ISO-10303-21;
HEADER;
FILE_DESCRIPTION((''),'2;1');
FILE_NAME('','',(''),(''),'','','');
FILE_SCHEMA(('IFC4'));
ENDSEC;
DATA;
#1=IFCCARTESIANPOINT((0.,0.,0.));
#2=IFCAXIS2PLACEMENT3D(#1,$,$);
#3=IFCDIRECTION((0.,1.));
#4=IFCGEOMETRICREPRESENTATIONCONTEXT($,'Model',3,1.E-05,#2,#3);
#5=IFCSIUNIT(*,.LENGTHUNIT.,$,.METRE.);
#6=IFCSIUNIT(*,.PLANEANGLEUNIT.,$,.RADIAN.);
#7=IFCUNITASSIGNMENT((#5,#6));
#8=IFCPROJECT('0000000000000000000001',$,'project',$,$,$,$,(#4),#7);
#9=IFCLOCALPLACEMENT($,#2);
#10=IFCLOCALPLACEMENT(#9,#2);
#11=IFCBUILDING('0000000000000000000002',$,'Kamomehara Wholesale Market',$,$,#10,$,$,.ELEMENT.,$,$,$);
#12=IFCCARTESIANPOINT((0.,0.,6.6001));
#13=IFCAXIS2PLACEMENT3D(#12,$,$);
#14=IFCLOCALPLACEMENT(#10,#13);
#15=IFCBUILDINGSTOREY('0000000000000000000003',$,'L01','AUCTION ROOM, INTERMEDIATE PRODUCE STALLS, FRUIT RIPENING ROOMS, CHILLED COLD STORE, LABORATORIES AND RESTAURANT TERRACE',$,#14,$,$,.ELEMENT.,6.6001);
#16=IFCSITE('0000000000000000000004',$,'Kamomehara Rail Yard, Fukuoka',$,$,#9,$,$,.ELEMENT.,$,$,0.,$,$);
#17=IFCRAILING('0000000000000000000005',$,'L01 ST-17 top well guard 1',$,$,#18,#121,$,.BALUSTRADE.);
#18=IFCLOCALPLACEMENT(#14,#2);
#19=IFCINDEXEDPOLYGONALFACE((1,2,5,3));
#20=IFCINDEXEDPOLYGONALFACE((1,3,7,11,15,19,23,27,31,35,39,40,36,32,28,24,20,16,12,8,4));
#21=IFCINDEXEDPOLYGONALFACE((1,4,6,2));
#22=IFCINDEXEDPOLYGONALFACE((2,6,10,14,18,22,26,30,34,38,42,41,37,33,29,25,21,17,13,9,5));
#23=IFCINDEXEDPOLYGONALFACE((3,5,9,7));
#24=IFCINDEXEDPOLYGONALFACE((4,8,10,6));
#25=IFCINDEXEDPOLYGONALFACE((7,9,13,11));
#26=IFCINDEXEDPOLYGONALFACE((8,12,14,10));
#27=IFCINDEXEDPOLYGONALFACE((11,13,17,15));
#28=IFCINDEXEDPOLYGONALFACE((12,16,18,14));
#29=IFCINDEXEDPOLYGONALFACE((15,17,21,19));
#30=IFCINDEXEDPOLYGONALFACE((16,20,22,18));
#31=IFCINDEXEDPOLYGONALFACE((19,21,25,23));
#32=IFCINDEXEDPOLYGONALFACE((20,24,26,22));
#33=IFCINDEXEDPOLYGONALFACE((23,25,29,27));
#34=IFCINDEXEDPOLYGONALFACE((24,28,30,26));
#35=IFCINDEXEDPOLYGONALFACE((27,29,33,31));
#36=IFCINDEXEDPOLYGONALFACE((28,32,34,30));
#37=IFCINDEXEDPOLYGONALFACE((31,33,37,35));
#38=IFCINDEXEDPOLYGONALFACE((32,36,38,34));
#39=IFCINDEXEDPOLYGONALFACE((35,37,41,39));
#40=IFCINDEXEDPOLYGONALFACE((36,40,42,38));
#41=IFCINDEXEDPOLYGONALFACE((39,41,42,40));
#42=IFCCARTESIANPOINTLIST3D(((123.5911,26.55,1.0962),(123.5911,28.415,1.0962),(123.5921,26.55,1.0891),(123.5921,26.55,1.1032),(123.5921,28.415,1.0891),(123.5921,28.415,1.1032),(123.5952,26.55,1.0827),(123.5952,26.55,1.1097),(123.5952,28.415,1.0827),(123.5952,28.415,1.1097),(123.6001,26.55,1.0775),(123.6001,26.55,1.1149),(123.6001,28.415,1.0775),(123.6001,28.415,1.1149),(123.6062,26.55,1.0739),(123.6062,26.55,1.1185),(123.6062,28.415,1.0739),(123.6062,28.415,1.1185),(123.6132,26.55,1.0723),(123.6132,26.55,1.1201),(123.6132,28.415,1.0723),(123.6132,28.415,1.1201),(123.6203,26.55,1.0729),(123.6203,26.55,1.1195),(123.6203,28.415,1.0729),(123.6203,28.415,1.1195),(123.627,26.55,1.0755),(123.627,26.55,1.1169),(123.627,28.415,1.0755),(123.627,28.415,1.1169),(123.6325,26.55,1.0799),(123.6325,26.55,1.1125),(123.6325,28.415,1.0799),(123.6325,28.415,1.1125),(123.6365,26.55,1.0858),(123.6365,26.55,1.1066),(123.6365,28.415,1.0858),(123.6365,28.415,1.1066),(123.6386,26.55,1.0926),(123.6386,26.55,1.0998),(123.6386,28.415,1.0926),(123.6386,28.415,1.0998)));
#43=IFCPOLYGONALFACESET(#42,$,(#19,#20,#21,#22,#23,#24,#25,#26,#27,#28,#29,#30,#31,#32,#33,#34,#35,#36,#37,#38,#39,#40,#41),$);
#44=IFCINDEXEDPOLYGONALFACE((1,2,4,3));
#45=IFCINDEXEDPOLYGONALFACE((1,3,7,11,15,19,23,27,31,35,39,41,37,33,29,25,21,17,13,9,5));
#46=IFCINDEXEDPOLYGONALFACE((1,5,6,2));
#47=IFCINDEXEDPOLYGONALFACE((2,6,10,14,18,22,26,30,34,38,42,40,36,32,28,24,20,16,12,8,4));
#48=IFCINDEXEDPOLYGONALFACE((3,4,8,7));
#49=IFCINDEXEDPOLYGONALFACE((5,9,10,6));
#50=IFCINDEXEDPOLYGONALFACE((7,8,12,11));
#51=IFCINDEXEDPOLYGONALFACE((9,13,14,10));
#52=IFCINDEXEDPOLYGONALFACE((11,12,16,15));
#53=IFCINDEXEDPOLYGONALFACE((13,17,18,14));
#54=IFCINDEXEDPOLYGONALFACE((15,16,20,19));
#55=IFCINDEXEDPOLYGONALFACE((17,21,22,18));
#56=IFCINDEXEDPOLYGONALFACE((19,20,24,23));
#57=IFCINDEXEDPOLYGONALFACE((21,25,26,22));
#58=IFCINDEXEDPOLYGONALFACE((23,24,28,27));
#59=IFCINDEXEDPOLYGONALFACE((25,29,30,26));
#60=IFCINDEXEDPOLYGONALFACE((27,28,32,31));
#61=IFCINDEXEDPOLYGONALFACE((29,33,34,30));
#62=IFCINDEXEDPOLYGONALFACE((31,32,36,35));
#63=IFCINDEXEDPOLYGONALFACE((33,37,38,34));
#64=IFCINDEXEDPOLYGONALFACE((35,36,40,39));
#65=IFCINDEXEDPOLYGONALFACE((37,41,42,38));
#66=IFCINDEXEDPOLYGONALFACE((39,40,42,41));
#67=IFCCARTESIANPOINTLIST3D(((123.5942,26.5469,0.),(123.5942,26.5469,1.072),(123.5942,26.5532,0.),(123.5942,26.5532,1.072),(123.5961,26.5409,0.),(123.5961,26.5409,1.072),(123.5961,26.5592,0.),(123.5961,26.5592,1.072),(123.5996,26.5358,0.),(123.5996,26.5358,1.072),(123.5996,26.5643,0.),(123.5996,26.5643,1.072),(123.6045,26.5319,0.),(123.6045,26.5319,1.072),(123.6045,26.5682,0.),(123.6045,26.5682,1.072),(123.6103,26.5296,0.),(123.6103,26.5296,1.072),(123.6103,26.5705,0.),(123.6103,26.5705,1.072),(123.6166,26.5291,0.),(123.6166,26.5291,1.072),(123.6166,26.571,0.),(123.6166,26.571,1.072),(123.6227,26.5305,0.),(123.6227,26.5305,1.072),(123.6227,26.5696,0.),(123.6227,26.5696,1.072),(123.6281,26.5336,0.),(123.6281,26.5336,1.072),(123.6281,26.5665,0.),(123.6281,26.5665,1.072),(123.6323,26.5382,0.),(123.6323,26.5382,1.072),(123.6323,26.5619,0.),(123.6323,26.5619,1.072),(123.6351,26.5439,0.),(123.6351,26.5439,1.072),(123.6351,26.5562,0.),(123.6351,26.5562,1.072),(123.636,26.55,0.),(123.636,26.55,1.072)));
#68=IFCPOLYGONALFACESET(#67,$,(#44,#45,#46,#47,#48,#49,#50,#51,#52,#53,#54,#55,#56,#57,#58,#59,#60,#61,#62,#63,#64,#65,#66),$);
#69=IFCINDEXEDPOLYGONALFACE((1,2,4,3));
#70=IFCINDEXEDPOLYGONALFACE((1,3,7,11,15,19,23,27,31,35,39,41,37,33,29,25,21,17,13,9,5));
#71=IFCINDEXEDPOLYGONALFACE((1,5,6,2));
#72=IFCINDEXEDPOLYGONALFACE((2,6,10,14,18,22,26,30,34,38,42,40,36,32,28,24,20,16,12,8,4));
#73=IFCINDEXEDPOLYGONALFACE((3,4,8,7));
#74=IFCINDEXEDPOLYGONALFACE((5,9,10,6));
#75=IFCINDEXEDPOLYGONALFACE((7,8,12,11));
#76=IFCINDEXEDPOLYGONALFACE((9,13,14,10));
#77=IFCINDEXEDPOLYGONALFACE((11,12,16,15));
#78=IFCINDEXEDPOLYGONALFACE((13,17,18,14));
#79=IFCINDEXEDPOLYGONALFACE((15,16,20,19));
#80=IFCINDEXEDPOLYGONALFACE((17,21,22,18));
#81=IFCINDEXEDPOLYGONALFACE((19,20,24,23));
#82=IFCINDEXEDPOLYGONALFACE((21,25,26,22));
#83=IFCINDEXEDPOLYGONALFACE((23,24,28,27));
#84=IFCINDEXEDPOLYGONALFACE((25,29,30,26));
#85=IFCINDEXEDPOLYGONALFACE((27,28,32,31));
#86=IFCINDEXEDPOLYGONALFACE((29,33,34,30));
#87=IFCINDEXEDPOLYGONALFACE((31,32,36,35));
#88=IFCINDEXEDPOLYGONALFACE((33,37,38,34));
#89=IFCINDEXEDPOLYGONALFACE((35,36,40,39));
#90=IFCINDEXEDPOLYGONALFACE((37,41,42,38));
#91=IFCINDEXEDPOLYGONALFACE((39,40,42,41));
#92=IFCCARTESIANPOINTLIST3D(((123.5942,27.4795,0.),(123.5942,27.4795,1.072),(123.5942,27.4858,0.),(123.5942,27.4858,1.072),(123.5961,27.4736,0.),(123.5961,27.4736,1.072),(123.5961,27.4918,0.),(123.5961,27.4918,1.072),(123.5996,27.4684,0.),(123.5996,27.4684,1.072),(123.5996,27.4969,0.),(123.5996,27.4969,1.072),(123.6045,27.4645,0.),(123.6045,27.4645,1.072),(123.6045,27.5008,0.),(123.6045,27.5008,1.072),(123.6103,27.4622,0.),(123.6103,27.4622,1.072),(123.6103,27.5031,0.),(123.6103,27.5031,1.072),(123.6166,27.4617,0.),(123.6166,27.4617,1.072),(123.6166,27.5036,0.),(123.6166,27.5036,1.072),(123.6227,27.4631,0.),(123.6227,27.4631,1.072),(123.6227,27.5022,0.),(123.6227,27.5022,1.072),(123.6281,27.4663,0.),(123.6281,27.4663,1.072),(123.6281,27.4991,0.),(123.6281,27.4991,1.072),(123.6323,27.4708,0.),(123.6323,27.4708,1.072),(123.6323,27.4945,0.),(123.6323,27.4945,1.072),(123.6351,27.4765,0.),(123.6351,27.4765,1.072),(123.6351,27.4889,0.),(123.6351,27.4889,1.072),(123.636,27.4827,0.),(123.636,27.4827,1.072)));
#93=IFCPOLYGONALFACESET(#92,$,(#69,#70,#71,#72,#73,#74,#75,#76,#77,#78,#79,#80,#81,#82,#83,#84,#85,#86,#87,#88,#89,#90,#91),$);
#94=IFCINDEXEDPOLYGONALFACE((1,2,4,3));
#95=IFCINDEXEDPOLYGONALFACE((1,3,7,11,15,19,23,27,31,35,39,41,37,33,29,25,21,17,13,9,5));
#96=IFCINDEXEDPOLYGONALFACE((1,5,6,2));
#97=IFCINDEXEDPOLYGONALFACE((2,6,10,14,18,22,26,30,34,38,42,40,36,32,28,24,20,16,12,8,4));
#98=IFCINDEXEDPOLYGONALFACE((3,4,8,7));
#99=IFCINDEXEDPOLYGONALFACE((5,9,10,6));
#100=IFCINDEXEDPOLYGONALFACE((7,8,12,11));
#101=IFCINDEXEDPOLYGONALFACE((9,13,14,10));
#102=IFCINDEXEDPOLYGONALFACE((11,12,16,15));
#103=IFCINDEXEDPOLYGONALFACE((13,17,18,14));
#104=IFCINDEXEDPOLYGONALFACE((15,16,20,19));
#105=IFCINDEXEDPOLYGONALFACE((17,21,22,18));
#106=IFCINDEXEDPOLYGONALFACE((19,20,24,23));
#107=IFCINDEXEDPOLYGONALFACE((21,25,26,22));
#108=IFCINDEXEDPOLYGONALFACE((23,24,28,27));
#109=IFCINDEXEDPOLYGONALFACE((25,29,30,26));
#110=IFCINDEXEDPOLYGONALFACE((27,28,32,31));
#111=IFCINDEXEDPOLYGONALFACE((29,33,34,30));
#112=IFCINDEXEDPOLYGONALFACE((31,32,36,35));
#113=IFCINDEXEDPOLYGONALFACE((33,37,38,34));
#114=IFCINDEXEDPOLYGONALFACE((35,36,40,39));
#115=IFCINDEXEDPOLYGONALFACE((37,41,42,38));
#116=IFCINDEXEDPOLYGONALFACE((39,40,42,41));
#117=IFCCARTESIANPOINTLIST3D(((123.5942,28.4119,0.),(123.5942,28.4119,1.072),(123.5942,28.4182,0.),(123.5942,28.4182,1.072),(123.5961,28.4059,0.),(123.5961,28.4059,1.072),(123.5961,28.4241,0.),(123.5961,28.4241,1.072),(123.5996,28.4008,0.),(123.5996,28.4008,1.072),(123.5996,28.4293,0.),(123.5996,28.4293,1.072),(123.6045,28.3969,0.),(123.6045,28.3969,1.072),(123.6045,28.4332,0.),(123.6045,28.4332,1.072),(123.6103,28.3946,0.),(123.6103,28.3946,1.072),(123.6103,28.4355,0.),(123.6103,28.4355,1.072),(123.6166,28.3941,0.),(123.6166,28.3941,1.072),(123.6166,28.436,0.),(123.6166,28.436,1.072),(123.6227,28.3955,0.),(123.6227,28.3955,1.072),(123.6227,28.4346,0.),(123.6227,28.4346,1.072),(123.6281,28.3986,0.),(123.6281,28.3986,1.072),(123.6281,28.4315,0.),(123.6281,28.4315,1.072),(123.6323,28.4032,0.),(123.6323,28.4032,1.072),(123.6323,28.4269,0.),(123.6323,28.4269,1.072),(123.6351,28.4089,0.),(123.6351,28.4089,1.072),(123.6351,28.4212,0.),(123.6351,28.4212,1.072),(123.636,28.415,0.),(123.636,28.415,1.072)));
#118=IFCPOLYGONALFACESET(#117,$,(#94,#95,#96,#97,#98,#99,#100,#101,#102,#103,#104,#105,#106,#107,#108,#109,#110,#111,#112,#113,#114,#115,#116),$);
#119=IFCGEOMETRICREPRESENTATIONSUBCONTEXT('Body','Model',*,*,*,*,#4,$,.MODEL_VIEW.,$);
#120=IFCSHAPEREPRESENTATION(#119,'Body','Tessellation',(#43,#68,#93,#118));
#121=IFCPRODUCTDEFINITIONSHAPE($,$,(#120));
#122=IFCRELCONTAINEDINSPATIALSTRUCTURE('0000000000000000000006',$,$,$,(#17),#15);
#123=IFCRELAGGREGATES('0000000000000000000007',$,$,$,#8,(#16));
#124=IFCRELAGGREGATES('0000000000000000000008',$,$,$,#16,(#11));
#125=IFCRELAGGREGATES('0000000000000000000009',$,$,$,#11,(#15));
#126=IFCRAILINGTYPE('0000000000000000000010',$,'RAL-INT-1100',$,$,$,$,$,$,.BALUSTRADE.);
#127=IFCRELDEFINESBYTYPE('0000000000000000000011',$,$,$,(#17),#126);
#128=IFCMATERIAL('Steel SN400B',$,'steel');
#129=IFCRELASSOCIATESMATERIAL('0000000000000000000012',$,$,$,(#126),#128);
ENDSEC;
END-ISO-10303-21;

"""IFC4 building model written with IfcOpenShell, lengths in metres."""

from ifc_helpers import new_model, si_unit, direction, frame, origin, origin_2d, place, context, subcontext, project, spatial, circle, extrude, material, type_object, element, save


model = new_model("IFC4")

# Units and contexts
model_context = context("Model", 3, precision=1e-05, world=origin(), true_north=direction((0.0, 1.0)))
body_context = subcontext(model_context, "Body", "Model", "MODEL_VIEW")
ifc_project = project(units=[si_unit("LENGTHUNIT", "METRE"), si_unit("PLANEANGLEUNIT", "RADIAN")], contexts=[model_context])

# Site, building, storey
site_placement = place(None, origin())
site = spatial("IfcSite", under=ifc_project, at=site_placement, Name="Kamomehara Rail Yard, Fukuoka", CompositionType="ELEMENT", RefElevation=0.0)
building_placement = place(site_placement, origin())
building = spatial("IfcBuilding", under=site, at=building_placement, Name="Kamomehara Wholesale Market", CompositionType="ELEMENT")
storey_placement = place(building_placement, frame((0.0, 0.0, 6.6001)))
storey = spatial("IfcBuildingStorey", under=building, at=storey_placement, Name="L01", Description="AUCTION ROOM, INTERMEDIATE PRODUCE STALLS, FRUIT RIPENING ROOMS, CHILLED COLD STORE, LABORATORIES AND RESTAURANT TERRACE", CompositionType="ELEMENT", Elevation=6.6001)

# Railing
ifc_material_1 = material(Name="Steel SN400B", Category="steel")
railing_type = type_object("IfcRailingType", Name="RAL-INT-1100", PredefinedType="BALUSTRADE", material=ifc_material_1)
railing_1_placement = place(storey_placement, frame((123.615, 26.55, 0.0)))
element("IfcRailing", 1, at=railing_1_placement, inside=storey, type_object=railing_type, Name="L01 ST-17 top well guard 1", PredefinedType="BALUSTRADE", context=body_context, shape_type="SweptSolid", body=[
    extrude(circle(Radius=0.0239, at=origin_2d()), frame((0.0, 0.0, 1.0962), z_axis=(0.0, 1.0, 0.0), x_axis=(-1.0, 0.0, 0.0)), (0.0, 0.0, 1.0), 1.865),
    extrude(circle(Radius=0.021, at=origin_2d()), origin(), (0.0, 0.0, 1.0), 1.072),
    extrude(circle(Radius=0.021, at=origin_2d()), frame((0.0, 0.9326, 0.0)), (0.0, 0.0, 1.0), 1.072),
    extrude(circle(Radius=0.021, at=origin_2d()), frame((0.0, 1.865, 0.0)), (0.0, 0.0, 1.0), 1.072),
])

save(model, "model.ifc")
